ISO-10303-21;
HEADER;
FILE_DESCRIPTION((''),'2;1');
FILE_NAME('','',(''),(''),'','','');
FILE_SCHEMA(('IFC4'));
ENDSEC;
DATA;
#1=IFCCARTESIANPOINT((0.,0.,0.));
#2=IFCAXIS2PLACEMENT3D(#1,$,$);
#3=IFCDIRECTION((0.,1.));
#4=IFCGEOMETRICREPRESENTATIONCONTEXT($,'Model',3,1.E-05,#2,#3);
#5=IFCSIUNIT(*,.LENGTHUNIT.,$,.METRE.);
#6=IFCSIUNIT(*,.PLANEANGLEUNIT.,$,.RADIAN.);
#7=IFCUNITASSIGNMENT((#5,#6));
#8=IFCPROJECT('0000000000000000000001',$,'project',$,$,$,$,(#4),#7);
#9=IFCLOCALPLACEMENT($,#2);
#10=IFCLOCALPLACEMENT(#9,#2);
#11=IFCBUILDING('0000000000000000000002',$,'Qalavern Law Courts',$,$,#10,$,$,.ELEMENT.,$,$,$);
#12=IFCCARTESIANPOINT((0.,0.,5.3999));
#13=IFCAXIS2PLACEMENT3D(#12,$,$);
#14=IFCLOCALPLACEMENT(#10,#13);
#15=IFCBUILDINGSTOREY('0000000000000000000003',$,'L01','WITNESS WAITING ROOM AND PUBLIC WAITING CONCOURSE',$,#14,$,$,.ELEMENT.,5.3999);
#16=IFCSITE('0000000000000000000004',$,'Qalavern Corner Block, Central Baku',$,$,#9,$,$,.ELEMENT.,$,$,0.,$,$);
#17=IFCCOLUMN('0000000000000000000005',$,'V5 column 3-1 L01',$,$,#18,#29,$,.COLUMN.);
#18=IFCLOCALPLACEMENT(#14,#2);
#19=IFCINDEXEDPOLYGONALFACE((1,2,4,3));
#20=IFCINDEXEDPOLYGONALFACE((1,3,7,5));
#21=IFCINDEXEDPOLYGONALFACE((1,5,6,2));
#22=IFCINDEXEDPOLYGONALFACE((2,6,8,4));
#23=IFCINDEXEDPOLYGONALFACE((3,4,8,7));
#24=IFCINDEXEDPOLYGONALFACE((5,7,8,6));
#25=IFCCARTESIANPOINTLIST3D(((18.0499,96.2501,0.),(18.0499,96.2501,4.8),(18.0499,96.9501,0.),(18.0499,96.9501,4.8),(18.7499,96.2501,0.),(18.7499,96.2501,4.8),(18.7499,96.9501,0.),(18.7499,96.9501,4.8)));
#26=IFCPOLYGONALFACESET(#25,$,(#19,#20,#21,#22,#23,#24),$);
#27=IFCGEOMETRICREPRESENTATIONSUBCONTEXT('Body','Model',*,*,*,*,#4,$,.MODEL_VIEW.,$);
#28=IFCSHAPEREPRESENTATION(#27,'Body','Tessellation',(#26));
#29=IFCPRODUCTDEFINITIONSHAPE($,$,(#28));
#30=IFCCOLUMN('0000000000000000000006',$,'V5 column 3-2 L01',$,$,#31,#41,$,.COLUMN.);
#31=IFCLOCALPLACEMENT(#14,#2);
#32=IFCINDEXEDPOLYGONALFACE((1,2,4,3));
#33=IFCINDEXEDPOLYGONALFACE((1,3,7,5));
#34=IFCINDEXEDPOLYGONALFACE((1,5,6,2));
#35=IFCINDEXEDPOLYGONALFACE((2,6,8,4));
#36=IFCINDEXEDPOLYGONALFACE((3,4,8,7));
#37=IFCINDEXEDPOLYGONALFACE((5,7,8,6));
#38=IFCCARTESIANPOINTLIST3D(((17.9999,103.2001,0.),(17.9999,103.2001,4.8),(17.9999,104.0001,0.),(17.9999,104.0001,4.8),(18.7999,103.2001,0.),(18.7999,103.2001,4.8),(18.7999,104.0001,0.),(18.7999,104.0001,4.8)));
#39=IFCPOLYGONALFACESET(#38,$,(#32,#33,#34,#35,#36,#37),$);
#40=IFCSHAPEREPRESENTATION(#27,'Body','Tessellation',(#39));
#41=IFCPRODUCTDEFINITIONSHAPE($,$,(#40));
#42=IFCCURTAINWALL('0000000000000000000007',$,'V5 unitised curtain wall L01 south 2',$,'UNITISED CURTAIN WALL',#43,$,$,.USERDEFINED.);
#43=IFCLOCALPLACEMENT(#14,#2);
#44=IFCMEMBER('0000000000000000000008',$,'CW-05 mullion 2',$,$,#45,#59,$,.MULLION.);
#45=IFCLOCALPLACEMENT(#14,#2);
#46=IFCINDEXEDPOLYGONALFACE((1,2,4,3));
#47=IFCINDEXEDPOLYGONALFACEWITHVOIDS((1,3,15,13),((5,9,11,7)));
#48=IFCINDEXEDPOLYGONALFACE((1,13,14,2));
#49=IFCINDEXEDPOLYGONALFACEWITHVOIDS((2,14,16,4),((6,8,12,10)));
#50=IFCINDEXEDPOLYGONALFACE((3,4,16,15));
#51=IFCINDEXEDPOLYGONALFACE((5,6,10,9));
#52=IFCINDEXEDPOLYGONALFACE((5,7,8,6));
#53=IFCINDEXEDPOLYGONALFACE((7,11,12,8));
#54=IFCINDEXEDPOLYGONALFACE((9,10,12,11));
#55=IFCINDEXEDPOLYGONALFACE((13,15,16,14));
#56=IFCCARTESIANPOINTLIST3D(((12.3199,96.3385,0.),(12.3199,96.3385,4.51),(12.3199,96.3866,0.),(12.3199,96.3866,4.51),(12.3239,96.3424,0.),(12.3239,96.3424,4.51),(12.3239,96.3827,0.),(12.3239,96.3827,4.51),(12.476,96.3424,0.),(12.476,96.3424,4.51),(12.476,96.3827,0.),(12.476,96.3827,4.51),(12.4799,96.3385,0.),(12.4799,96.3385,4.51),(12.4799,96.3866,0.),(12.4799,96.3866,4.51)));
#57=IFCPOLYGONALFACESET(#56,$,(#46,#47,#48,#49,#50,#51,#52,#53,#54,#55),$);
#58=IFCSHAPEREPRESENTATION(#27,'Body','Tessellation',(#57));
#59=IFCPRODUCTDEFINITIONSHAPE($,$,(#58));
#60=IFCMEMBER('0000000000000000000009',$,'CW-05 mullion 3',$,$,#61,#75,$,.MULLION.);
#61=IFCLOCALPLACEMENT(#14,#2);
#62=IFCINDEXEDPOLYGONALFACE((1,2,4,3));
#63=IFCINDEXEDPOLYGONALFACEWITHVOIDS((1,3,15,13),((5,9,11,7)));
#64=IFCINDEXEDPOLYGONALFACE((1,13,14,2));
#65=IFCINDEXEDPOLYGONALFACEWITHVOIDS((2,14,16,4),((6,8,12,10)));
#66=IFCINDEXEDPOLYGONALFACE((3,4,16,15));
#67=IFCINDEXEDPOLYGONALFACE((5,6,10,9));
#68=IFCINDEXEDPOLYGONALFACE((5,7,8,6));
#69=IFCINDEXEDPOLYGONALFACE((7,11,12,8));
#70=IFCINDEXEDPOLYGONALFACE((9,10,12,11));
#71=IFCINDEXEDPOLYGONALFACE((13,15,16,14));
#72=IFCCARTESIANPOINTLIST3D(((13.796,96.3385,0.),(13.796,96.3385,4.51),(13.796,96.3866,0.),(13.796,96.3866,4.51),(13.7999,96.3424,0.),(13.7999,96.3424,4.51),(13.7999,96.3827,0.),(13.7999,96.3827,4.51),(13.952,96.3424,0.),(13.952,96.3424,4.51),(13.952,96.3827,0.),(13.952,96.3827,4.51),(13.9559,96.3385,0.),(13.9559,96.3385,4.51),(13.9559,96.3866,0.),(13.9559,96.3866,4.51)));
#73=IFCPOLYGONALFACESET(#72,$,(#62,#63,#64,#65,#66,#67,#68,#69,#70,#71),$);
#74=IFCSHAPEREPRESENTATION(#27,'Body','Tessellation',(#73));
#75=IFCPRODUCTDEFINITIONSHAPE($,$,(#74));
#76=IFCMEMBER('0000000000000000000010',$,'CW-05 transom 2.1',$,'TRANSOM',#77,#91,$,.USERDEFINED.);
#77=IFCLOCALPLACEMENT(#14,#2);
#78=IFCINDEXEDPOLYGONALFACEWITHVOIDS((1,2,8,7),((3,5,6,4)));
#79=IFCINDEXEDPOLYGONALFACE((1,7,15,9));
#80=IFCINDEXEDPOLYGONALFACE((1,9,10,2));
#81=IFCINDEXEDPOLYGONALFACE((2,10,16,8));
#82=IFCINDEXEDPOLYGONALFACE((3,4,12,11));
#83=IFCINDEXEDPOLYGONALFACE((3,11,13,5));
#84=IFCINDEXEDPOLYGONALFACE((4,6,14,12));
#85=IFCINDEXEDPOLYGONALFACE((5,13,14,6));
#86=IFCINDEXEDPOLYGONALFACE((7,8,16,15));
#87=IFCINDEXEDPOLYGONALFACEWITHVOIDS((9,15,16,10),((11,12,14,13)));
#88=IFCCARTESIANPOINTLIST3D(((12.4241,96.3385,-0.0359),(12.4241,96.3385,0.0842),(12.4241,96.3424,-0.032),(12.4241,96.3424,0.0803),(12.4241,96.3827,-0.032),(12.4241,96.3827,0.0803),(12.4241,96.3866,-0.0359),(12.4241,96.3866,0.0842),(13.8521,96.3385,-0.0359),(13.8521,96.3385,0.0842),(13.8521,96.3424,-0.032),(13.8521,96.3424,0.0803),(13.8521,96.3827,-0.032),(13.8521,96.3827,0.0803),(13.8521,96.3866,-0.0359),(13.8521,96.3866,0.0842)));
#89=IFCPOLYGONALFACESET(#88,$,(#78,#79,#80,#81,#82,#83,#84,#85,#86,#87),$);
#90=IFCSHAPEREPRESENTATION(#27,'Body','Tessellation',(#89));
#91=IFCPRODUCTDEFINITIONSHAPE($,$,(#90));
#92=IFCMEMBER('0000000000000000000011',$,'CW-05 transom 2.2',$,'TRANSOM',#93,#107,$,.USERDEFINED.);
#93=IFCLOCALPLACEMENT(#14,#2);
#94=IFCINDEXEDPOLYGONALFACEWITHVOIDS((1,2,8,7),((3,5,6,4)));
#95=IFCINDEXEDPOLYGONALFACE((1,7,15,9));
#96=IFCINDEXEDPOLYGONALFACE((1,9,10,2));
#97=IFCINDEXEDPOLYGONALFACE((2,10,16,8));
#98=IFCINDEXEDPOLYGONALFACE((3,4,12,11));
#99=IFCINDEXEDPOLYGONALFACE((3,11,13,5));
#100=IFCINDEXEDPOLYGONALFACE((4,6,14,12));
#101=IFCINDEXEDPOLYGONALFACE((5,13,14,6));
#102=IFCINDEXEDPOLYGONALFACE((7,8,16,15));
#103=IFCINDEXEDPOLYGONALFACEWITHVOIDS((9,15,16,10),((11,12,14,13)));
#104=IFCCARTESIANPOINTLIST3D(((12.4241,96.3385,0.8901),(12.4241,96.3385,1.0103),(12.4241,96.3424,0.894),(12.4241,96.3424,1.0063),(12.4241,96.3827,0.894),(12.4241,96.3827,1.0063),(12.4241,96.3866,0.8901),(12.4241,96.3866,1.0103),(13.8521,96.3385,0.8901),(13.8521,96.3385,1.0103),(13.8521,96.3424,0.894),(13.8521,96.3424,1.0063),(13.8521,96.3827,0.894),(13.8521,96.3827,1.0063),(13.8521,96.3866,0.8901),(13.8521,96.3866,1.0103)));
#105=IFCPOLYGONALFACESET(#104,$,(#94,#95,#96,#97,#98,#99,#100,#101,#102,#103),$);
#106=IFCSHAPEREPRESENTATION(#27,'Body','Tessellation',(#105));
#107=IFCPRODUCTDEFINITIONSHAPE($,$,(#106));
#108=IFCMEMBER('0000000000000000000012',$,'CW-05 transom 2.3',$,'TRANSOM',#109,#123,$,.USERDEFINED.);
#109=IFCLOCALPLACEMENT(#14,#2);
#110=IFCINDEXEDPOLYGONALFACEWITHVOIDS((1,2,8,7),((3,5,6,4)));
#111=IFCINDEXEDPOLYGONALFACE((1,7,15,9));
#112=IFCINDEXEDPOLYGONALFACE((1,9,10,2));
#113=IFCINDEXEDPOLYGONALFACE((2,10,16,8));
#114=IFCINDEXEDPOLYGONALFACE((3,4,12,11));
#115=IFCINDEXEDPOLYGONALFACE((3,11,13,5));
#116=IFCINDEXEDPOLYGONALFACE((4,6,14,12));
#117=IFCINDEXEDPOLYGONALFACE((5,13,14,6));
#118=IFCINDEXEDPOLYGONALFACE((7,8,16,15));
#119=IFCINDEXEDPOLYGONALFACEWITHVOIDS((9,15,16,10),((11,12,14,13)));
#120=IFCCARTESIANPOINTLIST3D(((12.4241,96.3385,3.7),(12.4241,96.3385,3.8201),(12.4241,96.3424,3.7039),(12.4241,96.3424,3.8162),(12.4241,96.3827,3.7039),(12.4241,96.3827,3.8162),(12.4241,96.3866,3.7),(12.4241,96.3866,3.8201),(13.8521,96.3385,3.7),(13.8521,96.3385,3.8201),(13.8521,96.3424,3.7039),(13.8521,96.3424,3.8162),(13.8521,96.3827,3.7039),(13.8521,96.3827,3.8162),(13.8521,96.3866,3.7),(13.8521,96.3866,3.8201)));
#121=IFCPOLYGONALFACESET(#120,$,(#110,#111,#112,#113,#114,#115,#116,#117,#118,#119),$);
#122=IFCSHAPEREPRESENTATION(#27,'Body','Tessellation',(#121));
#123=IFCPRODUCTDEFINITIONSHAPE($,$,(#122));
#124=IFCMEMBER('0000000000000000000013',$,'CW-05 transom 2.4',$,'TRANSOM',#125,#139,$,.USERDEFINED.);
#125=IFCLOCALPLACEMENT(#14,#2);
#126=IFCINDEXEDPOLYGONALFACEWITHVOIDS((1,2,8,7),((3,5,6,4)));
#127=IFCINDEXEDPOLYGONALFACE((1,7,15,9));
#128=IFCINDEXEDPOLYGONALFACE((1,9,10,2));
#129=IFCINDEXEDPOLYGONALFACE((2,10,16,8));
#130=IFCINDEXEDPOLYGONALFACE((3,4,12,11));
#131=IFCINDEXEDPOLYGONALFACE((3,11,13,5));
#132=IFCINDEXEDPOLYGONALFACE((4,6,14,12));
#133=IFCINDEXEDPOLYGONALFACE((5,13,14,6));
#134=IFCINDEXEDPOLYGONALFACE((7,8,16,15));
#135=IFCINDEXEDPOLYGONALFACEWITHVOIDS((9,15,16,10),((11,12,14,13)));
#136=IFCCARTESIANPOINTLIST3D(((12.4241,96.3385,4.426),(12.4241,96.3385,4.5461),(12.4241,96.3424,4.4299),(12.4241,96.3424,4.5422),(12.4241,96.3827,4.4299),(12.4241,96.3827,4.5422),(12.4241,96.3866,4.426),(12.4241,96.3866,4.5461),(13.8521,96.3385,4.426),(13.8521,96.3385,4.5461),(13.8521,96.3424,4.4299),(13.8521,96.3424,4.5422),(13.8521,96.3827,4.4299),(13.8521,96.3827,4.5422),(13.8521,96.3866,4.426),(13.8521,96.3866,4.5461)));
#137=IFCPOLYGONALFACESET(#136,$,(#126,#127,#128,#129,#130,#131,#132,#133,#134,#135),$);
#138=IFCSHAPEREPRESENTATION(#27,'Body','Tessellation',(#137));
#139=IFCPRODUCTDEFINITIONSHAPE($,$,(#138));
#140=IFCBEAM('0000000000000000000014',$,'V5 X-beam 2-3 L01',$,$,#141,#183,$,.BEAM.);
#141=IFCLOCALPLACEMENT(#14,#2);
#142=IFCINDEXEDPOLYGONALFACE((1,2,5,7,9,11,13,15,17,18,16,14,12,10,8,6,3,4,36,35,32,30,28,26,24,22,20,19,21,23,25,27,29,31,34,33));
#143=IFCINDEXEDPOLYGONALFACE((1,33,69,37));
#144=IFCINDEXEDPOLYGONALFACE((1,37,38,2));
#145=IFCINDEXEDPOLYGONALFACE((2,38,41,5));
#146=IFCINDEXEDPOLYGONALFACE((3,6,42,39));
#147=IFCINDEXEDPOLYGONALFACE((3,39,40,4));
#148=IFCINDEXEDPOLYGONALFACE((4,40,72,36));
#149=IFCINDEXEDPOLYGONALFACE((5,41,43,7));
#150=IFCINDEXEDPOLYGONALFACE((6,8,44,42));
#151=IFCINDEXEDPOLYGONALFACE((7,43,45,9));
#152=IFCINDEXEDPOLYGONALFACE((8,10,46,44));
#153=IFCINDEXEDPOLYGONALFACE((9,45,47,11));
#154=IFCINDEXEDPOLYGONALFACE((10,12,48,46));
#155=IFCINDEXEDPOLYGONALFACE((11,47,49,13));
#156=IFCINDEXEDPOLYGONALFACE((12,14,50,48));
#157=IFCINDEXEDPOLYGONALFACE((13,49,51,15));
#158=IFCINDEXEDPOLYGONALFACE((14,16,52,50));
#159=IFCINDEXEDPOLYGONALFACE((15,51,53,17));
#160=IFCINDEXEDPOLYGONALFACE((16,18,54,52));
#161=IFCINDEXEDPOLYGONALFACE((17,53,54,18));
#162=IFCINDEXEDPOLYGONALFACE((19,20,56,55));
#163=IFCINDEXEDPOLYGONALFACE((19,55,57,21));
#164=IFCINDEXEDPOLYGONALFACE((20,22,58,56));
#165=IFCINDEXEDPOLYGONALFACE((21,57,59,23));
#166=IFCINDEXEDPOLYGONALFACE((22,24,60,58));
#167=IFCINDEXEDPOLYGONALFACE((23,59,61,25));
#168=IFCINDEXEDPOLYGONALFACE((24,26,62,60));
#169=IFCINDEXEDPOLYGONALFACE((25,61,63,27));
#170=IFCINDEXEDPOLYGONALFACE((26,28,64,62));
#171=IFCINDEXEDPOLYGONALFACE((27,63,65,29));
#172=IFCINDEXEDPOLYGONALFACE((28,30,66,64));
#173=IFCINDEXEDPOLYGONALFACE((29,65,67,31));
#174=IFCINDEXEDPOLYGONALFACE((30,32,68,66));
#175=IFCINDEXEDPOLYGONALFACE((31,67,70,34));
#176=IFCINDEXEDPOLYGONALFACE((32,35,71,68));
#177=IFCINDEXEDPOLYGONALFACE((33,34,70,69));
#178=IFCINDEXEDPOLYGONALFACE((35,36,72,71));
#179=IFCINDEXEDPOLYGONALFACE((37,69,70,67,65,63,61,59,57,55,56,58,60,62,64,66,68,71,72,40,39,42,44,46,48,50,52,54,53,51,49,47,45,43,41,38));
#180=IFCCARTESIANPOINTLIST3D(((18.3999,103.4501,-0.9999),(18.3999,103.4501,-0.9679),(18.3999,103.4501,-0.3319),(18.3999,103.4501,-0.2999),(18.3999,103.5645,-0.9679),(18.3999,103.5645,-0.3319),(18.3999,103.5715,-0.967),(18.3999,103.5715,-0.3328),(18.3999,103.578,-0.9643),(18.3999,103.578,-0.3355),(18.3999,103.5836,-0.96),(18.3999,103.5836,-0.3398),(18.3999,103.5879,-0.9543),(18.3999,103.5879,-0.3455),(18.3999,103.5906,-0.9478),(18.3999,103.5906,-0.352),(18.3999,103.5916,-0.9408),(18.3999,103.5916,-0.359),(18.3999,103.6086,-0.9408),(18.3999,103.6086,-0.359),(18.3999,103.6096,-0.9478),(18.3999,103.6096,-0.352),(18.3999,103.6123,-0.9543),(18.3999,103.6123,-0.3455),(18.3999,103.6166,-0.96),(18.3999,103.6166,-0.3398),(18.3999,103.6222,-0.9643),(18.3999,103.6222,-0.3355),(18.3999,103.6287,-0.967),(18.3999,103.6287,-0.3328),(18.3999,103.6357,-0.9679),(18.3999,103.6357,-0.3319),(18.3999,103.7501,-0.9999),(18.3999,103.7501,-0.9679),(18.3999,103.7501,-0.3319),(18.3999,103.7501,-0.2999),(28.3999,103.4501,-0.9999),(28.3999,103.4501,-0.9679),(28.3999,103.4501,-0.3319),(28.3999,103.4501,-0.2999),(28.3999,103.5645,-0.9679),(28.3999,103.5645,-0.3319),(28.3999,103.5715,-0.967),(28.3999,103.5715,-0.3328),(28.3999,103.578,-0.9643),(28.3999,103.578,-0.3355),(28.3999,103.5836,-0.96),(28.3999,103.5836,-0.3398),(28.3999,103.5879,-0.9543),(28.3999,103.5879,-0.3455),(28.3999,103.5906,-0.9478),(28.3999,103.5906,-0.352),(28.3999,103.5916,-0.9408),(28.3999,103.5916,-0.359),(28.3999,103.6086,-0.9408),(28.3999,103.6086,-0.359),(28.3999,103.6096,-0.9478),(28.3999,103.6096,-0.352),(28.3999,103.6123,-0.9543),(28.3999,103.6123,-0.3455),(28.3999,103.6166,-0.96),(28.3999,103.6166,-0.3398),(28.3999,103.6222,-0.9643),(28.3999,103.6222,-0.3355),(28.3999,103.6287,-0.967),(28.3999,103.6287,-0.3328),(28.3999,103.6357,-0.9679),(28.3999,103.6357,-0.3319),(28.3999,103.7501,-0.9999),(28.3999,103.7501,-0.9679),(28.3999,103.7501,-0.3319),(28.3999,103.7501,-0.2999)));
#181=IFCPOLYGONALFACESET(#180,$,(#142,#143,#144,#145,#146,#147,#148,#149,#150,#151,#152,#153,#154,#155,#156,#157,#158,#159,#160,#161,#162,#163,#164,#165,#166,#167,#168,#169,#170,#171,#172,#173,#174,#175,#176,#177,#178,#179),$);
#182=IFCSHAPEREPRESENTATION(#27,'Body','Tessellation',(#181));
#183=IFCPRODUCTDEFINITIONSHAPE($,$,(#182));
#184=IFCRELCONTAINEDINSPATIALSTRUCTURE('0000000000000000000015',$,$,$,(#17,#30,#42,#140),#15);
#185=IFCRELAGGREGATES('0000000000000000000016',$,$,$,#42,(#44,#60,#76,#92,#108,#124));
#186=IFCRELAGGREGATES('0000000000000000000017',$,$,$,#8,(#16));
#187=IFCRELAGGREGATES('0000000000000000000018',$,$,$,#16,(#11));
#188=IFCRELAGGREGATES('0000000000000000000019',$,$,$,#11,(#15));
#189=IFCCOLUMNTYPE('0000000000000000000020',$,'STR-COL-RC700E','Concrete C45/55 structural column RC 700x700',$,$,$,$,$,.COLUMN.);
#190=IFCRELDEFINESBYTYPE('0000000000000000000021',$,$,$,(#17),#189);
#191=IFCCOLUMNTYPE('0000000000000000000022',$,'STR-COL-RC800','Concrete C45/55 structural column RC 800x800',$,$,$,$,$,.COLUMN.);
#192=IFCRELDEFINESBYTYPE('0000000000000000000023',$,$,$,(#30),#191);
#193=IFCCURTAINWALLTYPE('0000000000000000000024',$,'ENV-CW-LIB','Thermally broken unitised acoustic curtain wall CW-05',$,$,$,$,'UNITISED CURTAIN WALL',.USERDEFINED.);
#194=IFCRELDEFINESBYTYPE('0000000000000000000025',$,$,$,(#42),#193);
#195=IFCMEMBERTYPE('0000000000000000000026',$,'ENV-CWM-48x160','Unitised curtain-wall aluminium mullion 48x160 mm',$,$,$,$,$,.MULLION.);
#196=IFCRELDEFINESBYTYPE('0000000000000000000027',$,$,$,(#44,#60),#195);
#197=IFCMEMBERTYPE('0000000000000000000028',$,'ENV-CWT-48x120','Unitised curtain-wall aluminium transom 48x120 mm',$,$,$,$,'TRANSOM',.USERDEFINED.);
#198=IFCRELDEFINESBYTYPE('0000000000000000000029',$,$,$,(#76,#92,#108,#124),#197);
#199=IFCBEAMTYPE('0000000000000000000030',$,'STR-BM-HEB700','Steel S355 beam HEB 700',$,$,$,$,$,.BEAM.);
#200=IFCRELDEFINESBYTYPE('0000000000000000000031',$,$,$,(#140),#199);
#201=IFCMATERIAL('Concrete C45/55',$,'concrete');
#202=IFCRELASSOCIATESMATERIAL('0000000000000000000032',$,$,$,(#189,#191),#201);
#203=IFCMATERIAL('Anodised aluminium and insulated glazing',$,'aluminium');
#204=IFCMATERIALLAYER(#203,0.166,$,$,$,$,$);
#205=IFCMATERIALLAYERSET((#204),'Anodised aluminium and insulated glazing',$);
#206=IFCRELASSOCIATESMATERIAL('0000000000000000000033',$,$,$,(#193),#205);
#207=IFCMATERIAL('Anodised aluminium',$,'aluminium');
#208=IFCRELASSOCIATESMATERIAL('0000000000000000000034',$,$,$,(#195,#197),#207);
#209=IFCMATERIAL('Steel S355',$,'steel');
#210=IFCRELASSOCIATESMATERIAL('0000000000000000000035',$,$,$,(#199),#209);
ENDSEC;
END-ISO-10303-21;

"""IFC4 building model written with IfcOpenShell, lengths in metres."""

from ifc_helpers import new_model, si_unit, direction, frame, origin, origin_2d, place, context, subcontext, project, spatial, rectangle, hollow_rectangle, i_section, extrude, material, layer, layer_set, material_profile, profile_set, type_object, element, aggregate, save


model = new_model("IFC4")

# Units and contexts
model_context = context("Model", 3, precision=1e-05, world=origin(), true_north=direction((0.0, 1.0)))
body_context = subcontext(model_context, "Body", "Model", "MODEL_VIEW")
ifc_project = project(units=[si_unit("LENGTHUNIT", "METRE"), si_unit("PLANEANGLEUNIT", "RADIAN")], contexts=[model_context])

# Site, building, storey
site_placement = place(None, origin())
site = spatial("IfcSite", under=ifc_project, at=site_placement, Name="Qalavern Corner Block, Central Baku", CompositionType="ELEMENT", RefElevation=0.0)
building_placement = place(site_placement, origin())
building = spatial("IfcBuilding", under=site, at=building_placement, Name="Qalavern Law Courts", CompositionType="ELEMENT")
storey_placement = place(building_placement, frame((0.0, 0.0, 5.3999)))
storey = spatial("IfcBuildingStorey", under=building, at=storey_placement, Name="L01", Description="WITNESS WAITING ROOM AND PUBLIC WAITING CONCOURSE", CompositionType="ELEMENT", Elevation=5.3999)

# Columns
ifc_material_1 = material(Name="Concrete C45/55", Category="concrete")
ifc_material_profile_1 = material_profile(ifc_material_1, rectangle(XDim=0.7, YDim=0.7, at=origin_2d()), Name="RC 700x700")
ifc_profile_set_1 = profile_set([ifc_material_profile_1], Name="Concrete C45/55")
column_type_1 = type_object("IfcColumnType", Name="STR-COL-RC700E", Description="Concrete C45/55 structural column RC 700x700", PredefinedType="COLUMN", material=ifc_profile_set_1)
column_1_placement = place(storey_placement, frame((18.3999, 96.6001, 0.0), z_axis=(0.0, 0.0, 1.0), x_axis=(1.0, 0.0, 0.0)))
element("IfcColumn", 1, at=column_1_placement, inside=storey, type_object=column_type_1, Name="V5 column 3-1 L01", PredefinedType="COLUMN", context=body_context, shape_type="SweptSolid", body=[
    extrude(rectangle(XDim=0.7, YDim=0.7, at=origin_2d()), origin(), (0.0, 0.0, 1.0), 4.8),
])
ifc_material_profile_2 = material_profile(ifc_material_1, rectangle(XDim=0.8, YDim=0.8, at=origin_2d()), Name="RC 800x800")
ifc_profile_set_2 = profile_set([ifc_material_profile_2], Name="Concrete C45/55")
column_type_2 = type_object("IfcColumnType", Name="STR-COL-RC800", Description="Concrete C45/55 structural column RC 800x800", PredefinedType="COLUMN", material=ifc_profile_set_2)
column_2_placement = place(storey_placement, frame((18.3999, 103.6001, 0.0), z_axis=(0.0, 0.0, 1.0), x_axis=(1.0, 0.0, 0.0)))
element("IfcColumn", 2, at=column_2_placement, inside=storey, type_object=column_type_2, Name="V5 column 3-2 L01", PredefinedType="COLUMN", context=body_context, shape_type="SweptSolid", body=[
    extrude(rectangle(XDim=0.8, YDim=0.8, at=origin_2d()), origin(), (0.0, 0.0, 1.0), 4.8),
])

# Curtain wall, members
ifc_material_2 = material(Name="Anodised aluminium and insulated glazing", Category="aluminium")
ifc_layer_1 = layer(ifc_material_2, 0.166)
ifc_layer_set_1 = layer_set([ifc_layer_1], Name="Anodised aluminium and insulated glazing")
curtain_wall_type = type_object("IfcCurtainWallType", Name="ENV-CW-LIB", Description="Thermally broken unitised acoustic curtain wall CW-05", ElementType="UNITISED CURTAIN WALL", PredefinedType="USERDEFINED", material=ifc_layer_set_1)
curtain_wall_placement = place(storey_placement, origin())
curtain_wall = element("IfcCurtainWall", 3, at=curtain_wall_placement, inside=storey, type_object=curtain_wall_type, Name="V5 unitised curtain wall L01 south 2", ObjectType="UNITISED CURTAIN WALL", PredefinedType="USERDEFINED")
ifc_material_3 = material(Name="Anodised aluminium", Category="aluminium")
ifc_material_profile_3 = material_profile(ifc_material_3, hollow_rectangle(XDim=0.0481, YDim=0.1599, WallThickness=0.0039, at=origin_2d()), Name="ALU MULLION 48x160")
ifc_profile_set_3 = profile_set([ifc_material_profile_3], Name="Anodised aluminium")
member_type_1 = type_object("IfcMemberType", Name="ENV-CWM-48x160", Description="Unitised curtain-wall aluminium mullion 48x160 mm", PredefinedType="MULLION", material=ifc_profile_set_3)
member_1_placement = place(storey_placement, frame((12.3999, 96.3625, 0.0), z_axis=(0.0, 0.0, 1.0), x_axis=(0.0, 1.0, 0.0)))
member_1 = element("IfcMember", 4, at=member_1_placement, type_object=member_type_1, Name="CW-05 mullion 2", PredefinedType="MULLION", context=body_context, shape_type="SweptSolid", body=[
    extrude(hollow_rectangle(XDim=0.0481, YDim=0.1599, WallThickness=0.0039, at=origin_2d()), origin(), (0.0, 0.0, 1.0), 4.51),
])
member_2_placement = place(storey_placement, frame((13.876, 96.3625, 0.0), z_axis=(0.0, 0.0, 1.0), x_axis=(0.0, 1.0, 0.0)))
member_2 = element("IfcMember", 5, at=member_2_placement, type_object=member_type_1, Name="CW-05 mullion 3", PredefinedType="MULLION", context=body_context, shape_type="SweptSolid", body=[
    extrude(hollow_rectangle(XDim=0.0481, YDim=0.1599, WallThickness=0.0039, at=origin_2d()), origin(), (0.0, 0.0, 1.0), 4.51),
])
ifc_material_profile_4 = material_profile(ifc_material_3, hollow_rectangle(XDim=0.0481, YDim=0.1201, WallThickness=0.0039, at=origin_2d()), Name="ALU TRANSOM 48x120")
ifc_profile_set_4 = profile_set([ifc_material_profile_4], Name="Anodised aluminium")
member_type_2 = type_object("IfcMemberType", Name="ENV-CWT-48x120", Description="Unitised curtain-wall aluminium transom 48x120 mm", ElementType="TRANSOM", PredefinedType="USERDEFINED", material=ifc_profile_set_4)
member_3_placement = place(storey_placement, frame((12.4241, 96.3625, 0.0242), z_axis=(1.0, 0.0, 0.0), x_axis=(0.0, 1.0, 0.0)))
member_3 = element("IfcMember", 6, at=member_3_placement, type_object=member_type_2, Name="CW-05 transom 2.1", ObjectType="TRANSOM", PredefinedType="USERDEFINED", context=body_context, shape_type="SweptSolid", body=[
    extrude(hollow_rectangle(XDim=0.0481, YDim=0.1201, WallThickness=0.0039, at=origin_2d()), origin(), (0.0, 0.0, 1.0), 1.428),
])
member_4_placement = place(storey_placement, frame((12.4241, 96.3625, 0.9502), z_axis=(1.0, 0.0, 0.0), x_axis=(0.0, 1.0, 0.0)))
member_4 = element("IfcMember", 7, at=member_4_placement, type_object=member_type_2, Name="CW-05 transom 2.2", ObjectType="TRANSOM", PredefinedType="USERDEFINED", context=body_context, shape_type="SweptSolid", body=[
    extrude(hollow_rectangle(XDim=0.0481, YDim=0.1201, WallThickness=0.0039, at=origin_2d()), origin(), (0.0, 0.0, 1.0), 1.428),
])
member_5_placement = place(storey_placement, frame((12.4241, 96.3625, 3.76), z_axis=(1.0, 0.0, 0.0), x_axis=(0.0, 1.0, 0.0)))
member_5 = element("IfcMember", 8, at=member_5_placement, type_object=member_type_2, Name="CW-05 transom 2.3", ObjectType="TRANSOM", PredefinedType="USERDEFINED", context=body_context, shape_type="SweptSolid", body=[
    extrude(hollow_rectangle(XDim=0.0481, YDim=0.1201, WallThickness=0.0039, at=origin_2d()), origin(), (0.0, 0.0, 1.0), 1.428),
])
member_6_placement = place(storey_placement, frame((12.4241, 96.3625, 4.4861), z_axis=(1.0, 0.0, 0.0), x_axis=(0.0, 1.0, 0.0)))
member_6 = element("IfcMember", 9, at=member_6_placement, type_object=member_type_2, Name="CW-05 transom 2.4", ObjectType="TRANSOM", PredefinedType="USERDEFINED", context=body_context, shape_type="SweptSolid", body=[
    extrude(hollow_rectangle(XDim=0.0481, YDim=0.1201, WallThickness=0.0039, at=origin_2d()), origin(), (0.0, 0.0, 1.0), 1.428),
])

# Beam
ifc_material_4 = material(Name="Steel S355", Category="steel")
ifc_material_profile_5 = material_profile(ifc_material_4, i_section(OverallWidth=0.3, OverallDepth=0.7, WebThickness=0.0171, FlangeThickness=0.032, FilletRadius=0.0271, at=origin_2d()), Name="HEB 700")
ifc_profile_set_5 = profile_set([ifc_material_profile_5], Name="Steel S355")
beam_type_1 = type_object("IfcBeamType", Name="STR-BM-HEB700", Description="Steel S355 beam HEB 700", PredefinedType="BEAM", material=ifc_profile_set_5)
beam_1_placement = place(storey_placement, frame((18.3999, 103.6001, -0.6499), z_axis=(1.0, 0.0, 0.0), x_axis=(0.0, 1.0, 0.0)))
element("IfcBeam", 10, at=beam_1_placement, inside=storey, type_object=beam_type_1, Name="V5 X-beam 2-3 L01", PredefinedType="BEAM", context=body_context, shape_type="SweptSolid", body=[
    extrude(i_section(OverallWidth=0.3, OverallDepth=0.7, WebThickness=0.0171, FlangeThickness=0.032, FilletRadius=0.0271, at=origin_2d()), origin(), (0.0, 0.0, 1.0), 10.0),
])

aggregate(curtain_wall, [member_1, member_2, member_3, member_4, member_5, member_6])

save(model, "model.ifc")
